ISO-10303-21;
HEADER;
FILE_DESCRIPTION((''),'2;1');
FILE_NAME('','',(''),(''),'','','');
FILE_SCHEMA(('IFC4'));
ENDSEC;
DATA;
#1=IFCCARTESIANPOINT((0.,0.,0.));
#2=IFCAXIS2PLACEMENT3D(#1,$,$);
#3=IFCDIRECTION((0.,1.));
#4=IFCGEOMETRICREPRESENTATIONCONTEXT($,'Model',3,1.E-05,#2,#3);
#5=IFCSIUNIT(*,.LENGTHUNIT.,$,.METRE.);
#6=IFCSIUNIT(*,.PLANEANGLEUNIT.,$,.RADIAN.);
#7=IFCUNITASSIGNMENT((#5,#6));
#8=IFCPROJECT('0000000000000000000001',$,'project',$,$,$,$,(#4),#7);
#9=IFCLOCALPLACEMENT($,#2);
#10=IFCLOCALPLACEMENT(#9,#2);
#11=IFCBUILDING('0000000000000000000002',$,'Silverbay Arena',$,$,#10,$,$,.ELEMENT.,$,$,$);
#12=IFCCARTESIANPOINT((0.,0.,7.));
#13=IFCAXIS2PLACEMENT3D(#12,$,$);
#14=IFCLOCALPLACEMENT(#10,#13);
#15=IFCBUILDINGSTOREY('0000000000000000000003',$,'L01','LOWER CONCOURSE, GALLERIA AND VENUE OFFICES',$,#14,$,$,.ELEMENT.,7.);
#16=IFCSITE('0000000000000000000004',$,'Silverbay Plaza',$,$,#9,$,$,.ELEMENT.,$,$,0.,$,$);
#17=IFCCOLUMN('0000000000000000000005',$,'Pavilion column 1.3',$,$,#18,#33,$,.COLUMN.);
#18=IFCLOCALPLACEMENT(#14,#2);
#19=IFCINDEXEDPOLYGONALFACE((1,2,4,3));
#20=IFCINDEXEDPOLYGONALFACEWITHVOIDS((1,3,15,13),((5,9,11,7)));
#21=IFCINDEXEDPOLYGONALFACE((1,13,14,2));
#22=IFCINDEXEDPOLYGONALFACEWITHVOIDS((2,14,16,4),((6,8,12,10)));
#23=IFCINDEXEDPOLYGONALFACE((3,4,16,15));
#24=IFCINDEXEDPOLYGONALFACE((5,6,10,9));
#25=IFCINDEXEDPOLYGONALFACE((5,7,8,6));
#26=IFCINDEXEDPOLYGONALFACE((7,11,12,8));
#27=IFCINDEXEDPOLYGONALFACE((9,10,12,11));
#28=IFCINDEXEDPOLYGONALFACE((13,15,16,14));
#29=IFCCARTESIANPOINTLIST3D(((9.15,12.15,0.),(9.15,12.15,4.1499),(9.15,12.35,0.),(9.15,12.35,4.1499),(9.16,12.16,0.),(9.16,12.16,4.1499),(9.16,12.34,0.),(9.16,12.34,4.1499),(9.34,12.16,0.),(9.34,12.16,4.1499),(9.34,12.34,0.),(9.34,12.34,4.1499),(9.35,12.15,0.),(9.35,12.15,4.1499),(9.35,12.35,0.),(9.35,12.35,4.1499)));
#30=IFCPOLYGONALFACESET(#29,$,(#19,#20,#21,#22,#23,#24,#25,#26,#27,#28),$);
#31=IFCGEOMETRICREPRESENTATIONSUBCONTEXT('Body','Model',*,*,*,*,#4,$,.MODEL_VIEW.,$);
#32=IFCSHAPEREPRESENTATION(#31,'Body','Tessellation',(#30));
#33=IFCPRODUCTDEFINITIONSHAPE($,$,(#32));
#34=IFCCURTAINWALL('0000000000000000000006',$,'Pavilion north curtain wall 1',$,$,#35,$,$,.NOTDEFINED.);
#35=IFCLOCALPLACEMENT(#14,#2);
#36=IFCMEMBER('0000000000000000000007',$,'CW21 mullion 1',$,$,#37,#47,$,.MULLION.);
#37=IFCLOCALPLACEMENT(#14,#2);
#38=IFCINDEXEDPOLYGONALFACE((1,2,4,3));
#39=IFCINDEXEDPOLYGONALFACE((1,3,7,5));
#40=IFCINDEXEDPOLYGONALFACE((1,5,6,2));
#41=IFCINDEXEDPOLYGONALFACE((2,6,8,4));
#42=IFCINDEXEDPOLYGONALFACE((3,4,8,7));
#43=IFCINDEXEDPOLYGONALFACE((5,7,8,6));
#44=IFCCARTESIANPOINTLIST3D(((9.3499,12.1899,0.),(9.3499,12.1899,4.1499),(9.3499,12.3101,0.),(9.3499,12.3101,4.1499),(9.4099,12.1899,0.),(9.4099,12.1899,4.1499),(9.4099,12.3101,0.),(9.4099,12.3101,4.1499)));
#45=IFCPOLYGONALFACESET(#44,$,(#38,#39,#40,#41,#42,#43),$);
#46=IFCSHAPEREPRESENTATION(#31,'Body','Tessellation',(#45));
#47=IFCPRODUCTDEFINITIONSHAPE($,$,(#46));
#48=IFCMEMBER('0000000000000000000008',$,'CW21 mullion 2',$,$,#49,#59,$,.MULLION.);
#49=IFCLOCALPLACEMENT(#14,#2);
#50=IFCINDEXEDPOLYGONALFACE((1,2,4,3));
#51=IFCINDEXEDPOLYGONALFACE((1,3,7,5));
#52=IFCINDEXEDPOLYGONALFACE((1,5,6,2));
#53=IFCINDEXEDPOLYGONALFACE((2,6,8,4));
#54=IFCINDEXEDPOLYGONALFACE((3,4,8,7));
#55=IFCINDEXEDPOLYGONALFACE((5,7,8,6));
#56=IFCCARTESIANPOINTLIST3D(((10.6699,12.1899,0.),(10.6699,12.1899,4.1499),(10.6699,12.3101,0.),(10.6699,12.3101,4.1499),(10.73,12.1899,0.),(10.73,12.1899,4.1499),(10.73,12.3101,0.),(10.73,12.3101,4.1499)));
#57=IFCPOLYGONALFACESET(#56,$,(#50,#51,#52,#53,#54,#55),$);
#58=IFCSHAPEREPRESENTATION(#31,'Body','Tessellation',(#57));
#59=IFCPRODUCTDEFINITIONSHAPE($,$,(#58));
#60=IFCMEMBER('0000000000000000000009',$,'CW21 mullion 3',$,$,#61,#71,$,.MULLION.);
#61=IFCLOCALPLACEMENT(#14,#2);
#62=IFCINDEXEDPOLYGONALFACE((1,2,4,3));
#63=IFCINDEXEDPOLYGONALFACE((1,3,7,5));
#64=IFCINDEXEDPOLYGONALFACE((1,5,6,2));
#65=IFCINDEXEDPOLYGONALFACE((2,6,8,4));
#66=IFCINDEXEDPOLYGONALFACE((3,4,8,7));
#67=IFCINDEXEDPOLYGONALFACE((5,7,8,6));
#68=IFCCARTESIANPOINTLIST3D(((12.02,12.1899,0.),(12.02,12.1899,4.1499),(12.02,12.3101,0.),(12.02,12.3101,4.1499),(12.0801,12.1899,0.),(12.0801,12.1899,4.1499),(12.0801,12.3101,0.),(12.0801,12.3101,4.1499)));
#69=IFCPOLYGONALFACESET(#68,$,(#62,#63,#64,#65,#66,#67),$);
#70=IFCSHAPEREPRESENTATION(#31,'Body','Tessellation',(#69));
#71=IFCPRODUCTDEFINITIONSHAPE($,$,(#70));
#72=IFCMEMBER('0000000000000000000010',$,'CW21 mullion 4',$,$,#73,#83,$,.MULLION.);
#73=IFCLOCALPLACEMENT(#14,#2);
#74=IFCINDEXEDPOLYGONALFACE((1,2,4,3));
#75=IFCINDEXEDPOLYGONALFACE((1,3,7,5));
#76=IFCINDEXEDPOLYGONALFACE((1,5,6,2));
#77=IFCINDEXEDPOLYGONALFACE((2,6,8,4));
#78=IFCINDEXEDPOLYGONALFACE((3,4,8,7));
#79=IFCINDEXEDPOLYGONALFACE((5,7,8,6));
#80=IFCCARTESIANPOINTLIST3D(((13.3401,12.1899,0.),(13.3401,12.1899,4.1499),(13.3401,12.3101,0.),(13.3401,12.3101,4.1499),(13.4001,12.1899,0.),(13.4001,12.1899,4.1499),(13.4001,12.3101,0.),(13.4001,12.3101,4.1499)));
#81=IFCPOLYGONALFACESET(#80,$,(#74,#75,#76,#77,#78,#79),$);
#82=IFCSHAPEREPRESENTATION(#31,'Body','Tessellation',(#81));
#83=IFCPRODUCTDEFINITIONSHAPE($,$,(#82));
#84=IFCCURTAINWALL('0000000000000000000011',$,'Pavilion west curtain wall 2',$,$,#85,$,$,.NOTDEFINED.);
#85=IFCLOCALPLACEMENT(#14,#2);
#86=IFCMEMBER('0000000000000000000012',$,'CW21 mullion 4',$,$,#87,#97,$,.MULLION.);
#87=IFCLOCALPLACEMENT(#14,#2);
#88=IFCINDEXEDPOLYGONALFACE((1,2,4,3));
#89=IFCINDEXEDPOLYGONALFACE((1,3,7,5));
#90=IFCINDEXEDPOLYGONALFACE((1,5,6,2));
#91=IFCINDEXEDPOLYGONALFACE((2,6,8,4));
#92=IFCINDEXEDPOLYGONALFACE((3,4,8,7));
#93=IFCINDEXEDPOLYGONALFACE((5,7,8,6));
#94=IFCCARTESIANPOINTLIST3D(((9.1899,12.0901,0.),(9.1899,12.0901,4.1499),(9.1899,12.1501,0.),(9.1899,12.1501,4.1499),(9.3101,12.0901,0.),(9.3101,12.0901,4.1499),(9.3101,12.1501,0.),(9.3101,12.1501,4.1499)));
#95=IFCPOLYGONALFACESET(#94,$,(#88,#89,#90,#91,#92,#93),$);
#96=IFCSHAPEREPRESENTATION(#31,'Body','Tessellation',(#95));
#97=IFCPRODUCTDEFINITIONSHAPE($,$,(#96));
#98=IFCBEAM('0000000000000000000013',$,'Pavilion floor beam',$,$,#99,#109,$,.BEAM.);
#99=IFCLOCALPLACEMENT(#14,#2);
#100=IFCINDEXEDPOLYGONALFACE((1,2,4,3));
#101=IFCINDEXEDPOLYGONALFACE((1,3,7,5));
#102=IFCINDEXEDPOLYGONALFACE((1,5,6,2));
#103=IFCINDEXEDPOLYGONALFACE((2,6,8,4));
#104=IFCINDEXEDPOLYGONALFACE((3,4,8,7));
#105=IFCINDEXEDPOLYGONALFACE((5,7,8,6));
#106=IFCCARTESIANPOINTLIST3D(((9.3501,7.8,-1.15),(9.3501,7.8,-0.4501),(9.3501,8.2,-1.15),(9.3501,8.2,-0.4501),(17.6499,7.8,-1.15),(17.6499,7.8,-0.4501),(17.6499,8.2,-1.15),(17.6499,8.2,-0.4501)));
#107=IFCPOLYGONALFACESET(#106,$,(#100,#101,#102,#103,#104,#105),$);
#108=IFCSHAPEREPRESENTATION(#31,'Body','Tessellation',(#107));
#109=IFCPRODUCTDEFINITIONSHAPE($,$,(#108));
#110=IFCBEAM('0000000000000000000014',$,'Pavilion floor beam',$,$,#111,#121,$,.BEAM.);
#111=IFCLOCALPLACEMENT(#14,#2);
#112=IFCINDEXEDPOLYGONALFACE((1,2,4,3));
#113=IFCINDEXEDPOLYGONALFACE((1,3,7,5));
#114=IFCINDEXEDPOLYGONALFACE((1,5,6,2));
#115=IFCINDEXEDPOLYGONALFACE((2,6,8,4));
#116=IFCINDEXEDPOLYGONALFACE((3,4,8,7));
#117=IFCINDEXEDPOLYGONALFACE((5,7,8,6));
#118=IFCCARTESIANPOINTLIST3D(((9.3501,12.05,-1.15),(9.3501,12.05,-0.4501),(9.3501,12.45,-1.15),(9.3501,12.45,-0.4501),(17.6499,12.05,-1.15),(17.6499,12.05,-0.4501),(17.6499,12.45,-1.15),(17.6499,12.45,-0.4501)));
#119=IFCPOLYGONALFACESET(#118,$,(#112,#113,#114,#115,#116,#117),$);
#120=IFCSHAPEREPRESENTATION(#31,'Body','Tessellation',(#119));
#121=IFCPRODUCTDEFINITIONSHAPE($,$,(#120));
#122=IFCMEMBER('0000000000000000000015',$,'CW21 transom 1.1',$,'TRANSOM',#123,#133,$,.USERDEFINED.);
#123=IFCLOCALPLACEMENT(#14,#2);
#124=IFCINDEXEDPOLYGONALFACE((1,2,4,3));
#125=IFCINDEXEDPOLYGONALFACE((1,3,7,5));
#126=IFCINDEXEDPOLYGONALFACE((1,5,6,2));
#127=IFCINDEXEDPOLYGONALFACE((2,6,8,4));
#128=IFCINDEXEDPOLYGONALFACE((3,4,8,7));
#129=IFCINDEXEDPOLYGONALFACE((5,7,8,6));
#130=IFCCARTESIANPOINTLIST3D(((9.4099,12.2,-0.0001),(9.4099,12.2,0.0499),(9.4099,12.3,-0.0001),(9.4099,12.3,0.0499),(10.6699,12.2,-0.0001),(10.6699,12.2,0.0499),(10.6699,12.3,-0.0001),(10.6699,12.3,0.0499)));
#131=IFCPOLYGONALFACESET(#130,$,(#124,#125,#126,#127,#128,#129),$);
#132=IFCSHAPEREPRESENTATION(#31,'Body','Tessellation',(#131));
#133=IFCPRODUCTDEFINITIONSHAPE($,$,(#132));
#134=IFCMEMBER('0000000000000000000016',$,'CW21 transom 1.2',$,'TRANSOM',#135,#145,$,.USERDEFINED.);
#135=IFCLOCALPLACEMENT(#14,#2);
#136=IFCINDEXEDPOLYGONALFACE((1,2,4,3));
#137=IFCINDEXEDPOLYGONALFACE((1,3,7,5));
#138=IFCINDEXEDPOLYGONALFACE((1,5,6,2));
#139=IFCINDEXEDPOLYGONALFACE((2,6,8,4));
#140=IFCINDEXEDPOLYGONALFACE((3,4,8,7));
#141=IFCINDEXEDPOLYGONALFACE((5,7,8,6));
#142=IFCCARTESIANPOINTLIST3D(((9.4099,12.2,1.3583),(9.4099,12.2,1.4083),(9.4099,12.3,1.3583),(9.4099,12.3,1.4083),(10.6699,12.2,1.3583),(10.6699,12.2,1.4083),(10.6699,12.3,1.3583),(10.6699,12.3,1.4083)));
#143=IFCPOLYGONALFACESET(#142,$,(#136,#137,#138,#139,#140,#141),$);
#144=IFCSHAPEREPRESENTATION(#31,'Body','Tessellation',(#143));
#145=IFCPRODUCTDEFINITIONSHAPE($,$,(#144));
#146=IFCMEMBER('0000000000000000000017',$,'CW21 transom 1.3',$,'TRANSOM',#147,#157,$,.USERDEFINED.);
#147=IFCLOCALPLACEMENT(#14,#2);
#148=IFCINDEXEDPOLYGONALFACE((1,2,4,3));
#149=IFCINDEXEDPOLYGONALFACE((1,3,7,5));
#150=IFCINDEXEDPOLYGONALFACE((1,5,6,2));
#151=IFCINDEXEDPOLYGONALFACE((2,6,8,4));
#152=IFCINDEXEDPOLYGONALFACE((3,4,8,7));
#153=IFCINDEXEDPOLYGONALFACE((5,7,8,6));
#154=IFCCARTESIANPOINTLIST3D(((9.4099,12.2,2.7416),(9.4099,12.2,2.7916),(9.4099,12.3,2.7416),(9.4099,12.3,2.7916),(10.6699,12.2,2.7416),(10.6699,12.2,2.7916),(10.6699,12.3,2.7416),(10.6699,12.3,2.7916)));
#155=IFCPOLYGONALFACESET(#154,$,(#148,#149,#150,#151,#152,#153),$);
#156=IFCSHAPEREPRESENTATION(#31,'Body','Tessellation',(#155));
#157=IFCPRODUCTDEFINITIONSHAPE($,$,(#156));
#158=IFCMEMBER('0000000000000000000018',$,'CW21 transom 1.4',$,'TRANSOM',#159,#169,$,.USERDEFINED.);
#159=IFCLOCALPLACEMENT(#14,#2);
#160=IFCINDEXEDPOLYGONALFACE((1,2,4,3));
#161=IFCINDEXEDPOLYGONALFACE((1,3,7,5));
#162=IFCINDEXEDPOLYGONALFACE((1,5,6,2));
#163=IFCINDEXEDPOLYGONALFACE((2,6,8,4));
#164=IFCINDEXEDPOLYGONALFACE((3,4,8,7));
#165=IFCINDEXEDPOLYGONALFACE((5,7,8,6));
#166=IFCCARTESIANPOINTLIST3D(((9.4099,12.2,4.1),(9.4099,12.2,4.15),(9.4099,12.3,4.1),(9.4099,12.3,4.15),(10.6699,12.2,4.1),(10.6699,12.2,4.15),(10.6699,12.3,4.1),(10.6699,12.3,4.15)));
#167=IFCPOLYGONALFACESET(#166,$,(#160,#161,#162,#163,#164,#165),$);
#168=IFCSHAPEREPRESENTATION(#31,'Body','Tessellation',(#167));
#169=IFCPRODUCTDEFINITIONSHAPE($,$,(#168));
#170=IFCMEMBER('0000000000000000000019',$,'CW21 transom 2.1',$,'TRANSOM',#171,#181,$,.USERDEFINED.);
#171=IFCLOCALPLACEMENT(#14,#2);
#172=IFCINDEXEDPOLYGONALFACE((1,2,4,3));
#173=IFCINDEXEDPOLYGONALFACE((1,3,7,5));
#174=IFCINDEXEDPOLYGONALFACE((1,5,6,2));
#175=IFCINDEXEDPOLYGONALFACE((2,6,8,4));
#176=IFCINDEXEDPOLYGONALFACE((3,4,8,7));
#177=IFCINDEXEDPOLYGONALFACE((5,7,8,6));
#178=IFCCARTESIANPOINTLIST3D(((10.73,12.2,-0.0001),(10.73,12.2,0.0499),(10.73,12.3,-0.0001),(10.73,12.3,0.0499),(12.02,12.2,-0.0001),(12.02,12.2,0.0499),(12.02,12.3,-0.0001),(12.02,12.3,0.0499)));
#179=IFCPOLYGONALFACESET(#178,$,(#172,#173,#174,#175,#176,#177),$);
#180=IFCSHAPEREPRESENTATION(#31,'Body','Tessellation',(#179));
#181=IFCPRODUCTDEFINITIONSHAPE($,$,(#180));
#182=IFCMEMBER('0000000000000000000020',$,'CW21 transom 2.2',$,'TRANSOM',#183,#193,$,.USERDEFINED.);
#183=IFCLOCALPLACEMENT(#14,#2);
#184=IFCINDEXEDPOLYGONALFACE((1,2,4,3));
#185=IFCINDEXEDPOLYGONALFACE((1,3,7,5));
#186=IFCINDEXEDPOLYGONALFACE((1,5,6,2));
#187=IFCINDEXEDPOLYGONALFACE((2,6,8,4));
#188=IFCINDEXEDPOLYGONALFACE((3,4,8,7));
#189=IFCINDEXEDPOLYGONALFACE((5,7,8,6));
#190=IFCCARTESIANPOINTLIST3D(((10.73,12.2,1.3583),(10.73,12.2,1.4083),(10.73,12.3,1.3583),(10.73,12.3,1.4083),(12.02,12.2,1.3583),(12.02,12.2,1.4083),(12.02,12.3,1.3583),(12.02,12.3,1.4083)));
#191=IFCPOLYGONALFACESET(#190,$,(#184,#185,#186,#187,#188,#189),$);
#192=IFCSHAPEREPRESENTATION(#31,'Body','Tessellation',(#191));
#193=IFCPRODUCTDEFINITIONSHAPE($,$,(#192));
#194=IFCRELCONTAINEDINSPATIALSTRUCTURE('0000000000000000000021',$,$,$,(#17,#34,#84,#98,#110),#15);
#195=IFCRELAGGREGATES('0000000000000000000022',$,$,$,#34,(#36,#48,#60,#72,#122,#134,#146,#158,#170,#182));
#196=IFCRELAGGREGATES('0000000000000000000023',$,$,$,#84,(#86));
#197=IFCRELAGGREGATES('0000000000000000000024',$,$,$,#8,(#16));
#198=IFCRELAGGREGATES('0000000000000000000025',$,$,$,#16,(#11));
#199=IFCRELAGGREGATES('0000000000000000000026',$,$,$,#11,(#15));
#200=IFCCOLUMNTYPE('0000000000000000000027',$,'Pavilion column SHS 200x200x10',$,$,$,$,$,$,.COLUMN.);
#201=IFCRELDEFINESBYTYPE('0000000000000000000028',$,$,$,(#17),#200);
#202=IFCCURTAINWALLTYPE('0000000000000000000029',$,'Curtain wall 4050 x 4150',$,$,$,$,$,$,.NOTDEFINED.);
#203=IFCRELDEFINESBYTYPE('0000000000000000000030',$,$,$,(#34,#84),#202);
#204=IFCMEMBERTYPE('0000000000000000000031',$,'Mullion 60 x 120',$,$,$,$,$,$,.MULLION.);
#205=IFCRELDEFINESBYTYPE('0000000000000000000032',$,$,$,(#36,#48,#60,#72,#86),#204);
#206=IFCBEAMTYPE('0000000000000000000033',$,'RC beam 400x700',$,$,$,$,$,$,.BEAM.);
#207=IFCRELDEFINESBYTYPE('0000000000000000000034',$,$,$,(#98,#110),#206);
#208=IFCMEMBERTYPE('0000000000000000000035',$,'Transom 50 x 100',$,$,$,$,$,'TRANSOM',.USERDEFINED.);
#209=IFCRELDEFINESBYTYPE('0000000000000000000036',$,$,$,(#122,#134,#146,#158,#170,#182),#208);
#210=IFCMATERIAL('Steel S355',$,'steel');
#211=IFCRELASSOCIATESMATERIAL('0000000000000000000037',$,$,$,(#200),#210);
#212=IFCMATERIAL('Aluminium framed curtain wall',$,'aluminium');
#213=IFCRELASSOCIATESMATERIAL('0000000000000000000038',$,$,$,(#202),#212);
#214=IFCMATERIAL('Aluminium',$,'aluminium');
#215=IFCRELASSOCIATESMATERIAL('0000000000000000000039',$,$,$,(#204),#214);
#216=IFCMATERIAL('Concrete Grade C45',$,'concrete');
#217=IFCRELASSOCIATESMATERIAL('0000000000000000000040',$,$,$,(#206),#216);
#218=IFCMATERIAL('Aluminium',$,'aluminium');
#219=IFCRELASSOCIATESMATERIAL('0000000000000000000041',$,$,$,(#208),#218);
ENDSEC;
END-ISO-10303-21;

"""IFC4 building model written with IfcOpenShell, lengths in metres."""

from ifc_helpers import new_model, si_unit, direction, frame, origin, origin_2d, place, context, subcontext, project, spatial, rectangle, hollow_rectangle, extrude, material, material_profile, profile_set, type_object, element, aggregate, save


model = new_model("IFC4")

# Units and contexts
model_context = context("Model", 3, precision=1e-05, world=origin(), true_north=direction((0.0, 1.0)))
body_context = subcontext(model_context, "Body", "Model", "MODEL_VIEW")
ifc_project = project(units=[si_unit("LENGTHUNIT", "METRE"), si_unit("PLANEANGLEUNIT", "RADIAN")], contexts=[model_context])

# Site, building, storey
site_placement = place(None, origin())
site = spatial("IfcSite", under=ifc_project, at=site_placement, Name="Silverbay Plaza", CompositionType="ELEMENT", RefElevation=0.0)
building_placement = place(site_placement, origin())
building = spatial("IfcBuilding", under=site, at=building_placement, Name="Silverbay Arena", CompositionType="ELEMENT")
storey_placement = place(building_placement, frame((0.0, 0.0, 7.0)))
storey = spatial("IfcBuildingStorey", under=building, at=storey_placement, Name="L01", Description="LOWER CONCOURSE, GALLERIA AND VENUE OFFICES", CompositionType="ELEMENT", Elevation=7.0)

# Column
ifc_material_1 = material(Name="Steel S355", Category="steel")
ifc_material_profile_1 = material_profile(ifc_material_1, hollow_rectangle(XDim=0.2, YDim=0.2, WallThickness=0.01, at=origin_2d()), Name="SHS 200x200x10")
ifc_profile_set_1 = profile_set([ifc_material_profile_1], Name="Steel S355")
column_type = type_object("IfcColumnType", Name="Pavilion column SHS 200x200x10", PredefinedType="COLUMN", material=ifc_profile_set_1)
column_placement = place(storey_placement, frame((9.25, 12.25, 0.0), z_axis=(0.0, 0.0, 1.0), x_axis=(1.0, 0.0, 0.0)))
element("IfcColumn", 1, at=column_placement, inside=storey, type_object=column_type, Name="Pavilion column 1.3", PredefinedType="COLUMN", context=body_context, shape_type="SweptSolid", body=[
    extrude(hollow_rectangle(XDim=0.2, YDim=0.2, WallThickness=0.01, at=origin_2d()), origin(), (0.0, 0.0, 1.0), 4.1499),
])

# Curtain wall, members
ifc_material_2 = material(Name="Aluminium framed curtain wall", Category="aluminium")
curtain_wall_type = type_object("IfcCurtainWallType", Name="Curtain wall 4050 x 4150", PredefinedType="NOTDEFINED", material=ifc_material_2)
curtain_wall_1_placement = place(storey_placement, origin())
curtain_wall_1 = element("IfcCurtainWall", 2, at=curtain_wall_1_placement, inside=storey, type_object=curtain_wall_type, Name="Pavilion north curtain wall 1", PredefinedType="NOTDEFINED")
ifc_material_3 = material(Name="Aluminium", Category="aluminium")
ifc_material_profile_2 = material_profile(ifc_material_3, rectangle(XDim=0.1201, YDim=0.0601, at=origin_2d()), Name="Mullion 60 x 120")
ifc_profile_set_2 = profile_set([ifc_material_profile_2], Name="Aluminium")
member_type_1 = type_object("IfcMemberType", Name="Mullion 60 x 120", PredefinedType="MULLION", material=ifc_profile_set_2)
member_1_placement = place(storey_placement, frame((9.3799, 12.25, 0.0), z_axis=(0.0, 0.0, 1.0), x_axis=(0.0, 1.0, 0.0)))
member_1 = element("IfcMember", 3, at=member_1_placement, type_object=member_type_1, Name="CW21 mullion 1", PredefinedType="MULLION", context=body_context, shape_type="SweptSolid", body=[
    extrude(rectangle(XDim=0.1201, YDim=0.0601, at=origin_2d()), origin(), (0.0, 0.0, 1.0), 4.1499),
])
member_2_placement = place(storey_placement, frame((10.7, 12.25, 0.0), z_axis=(0.0, 0.0, 1.0), x_axis=(0.0, 1.0, 0.0)))
member_2 = element("IfcMember", 4, at=member_2_placement, type_object=member_type_1, Name="CW21 mullion 2", PredefinedType="MULLION", context=body_context, shape_type="SweptSolid", body=[
    extrude(rectangle(XDim=0.1201, YDim=0.0601, at=origin_2d()), origin(), (0.0, 0.0, 1.0), 4.1499),
])
member_3_placement = place(storey_placement, frame((12.05, 12.25, 0.0), z_axis=(0.0, 0.0, 1.0), x_axis=(0.0, 1.0, 0.0)))
member_3 = element("IfcMember", 5, at=member_3_placement, type_object=member_type_1, Name="CW21 mullion 3", PredefinedType="MULLION", context=body_context, shape_type="SweptSolid", body=[
    extrude(rectangle(XDim=0.1201, YDim=0.0601, at=origin_2d()), origin(), (0.0, 0.0, 1.0), 4.1499),
])
member_4_placement = place(storey_placement, frame((13.3701, 12.25, 0.0), z_axis=(0.0, 0.0, 1.0), x_axis=(0.0, 1.0, 0.0)))
member_4 = element("IfcMember", 6, at=member_4_placement, type_object=member_type_1, Name="CW21 mullion 4", PredefinedType="MULLION", context=body_context, shape_type="SweptSolid", body=[
    extrude(rectangle(XDim=0.1201, YDim=0.0601, at=origin_2d()), origin(), (0.0, 0.0, 1.0), 4.1499),
])

# Curtain wall, member
curtain_wall_2_placement = place(storey_placement, origin())
curtain_wall_2 = element("IfcCurtainWall", 7, at=curtain_wall_2_placement, inside=storey, type_object=curtain_wall_type, Name="Pavilion west curtain wall 2", PredefinedType="NOTDEFINED")
member_5_placement = place(storey_placement, frame((9.25, 12.1201, 0.0), z_axis=(0.0, 0.0, 1.0), x_axis=(-1.0, 0.0, 0.0)))
member_5 = element("IfcMember", 8, at=member_5_placement, type_object=member_type_1, Name="CW21 mullion 4", PredefinedType="MULLION", context=body_context, shape_type="SweptSolid", body=[
    extrude(rectangle(XDim=0.1201, YDim=0.0601, at=origin_2d()), origin(), (0.0, 0.0, 1.0), 4.1499),
])

# Beams
ifc_material_4 = material(Name="Concrete Grade C45", Category="concrete")
ifc_material_profile_3 = material_profile(ifc_material_4, rectangle(XDim=0.3999, YDim=0.7, at=origin_2d()), Name="RC 400x700")
ifc_profile_set_3 = profile_set([ifc_material_profile_3], Name="Concrete Grade C45")
beam_type = type_object("IfcBeamType", Name="RC beam 400x700", PredefinedType="BEAM", material=ifc_profile_set_3)
for number, where, z_axis, x_axis, name in (
    (9, (9.3501, 8.0, -0.8), (1.0, 0.0, 0.0), (0.0, 1.0, 0.0), "Pavilion floor beam"),
    (10, (9.3501, 12.25, -0.8), (1.0, 0.0, 0.0), (0.0, 1.0, 0.0), "Pavilion floor beam"),
):
    element("IfcBeam", number, at=place(storey_placement, frame(where, z_axis=z_axis, x_axis=x_axis)), inside=storey, type_object=beam_type, Name=name, PredefinedType="BEAM", context=body_context, shape_type="SweptSolid", body=[
        extrude(rectangle(XDim=0.3999, YDim=0.7, at=origin_2d()), origin(), (0.0, 0.0, 1.0), 8.2998),
    ])

# Members
ifc_material_5 = material(Name="Aluminium", Category="aluminium")
ifc_material_profile_4 = material_profile(ifc_material_5, rectangle(XDim=0.1001, YDim=0.05, at=origin_2d()), Name="Transom 50 x 100")
ifc_profile_set_4 = profile_set([ifc_material_profile_4], Name="Aluminium")
member_type_2 = type_object("IfcMemberType", Name="Transom 50 x 100", ElementType="TRANSOM", PredefinedType="USERDEFINED", material=ifc_profile_set_4)
member_6_placement = place(storey_placement, frame((9.4099, 12.25, 0.0249), z_axis=(1.0, 0.0, 0.0), x_axis=(0.0, 1.0, 0.0)))
member_6 = element("IfcMember", 11, at=member_6_placement, type_object=member_type_2, Name="CW21 transom 1.1", ObjectType="TRANSOM", PredefinedType="USERDEFINED", context=body_context, shape_type="SweptSolid", body=[
    extrude(rectangle(XDim=0.1001, YDim=0.05, at=origin_2d()), origin(), (0.0, 0.0, 1.0), 1.26),
])
member_7_placement = place(storey_placement, frame((9.4099, 12.25, 1.3833), z_axis=(1.0, 0.0, 0.0), x_axis=(0.0, 1.0, 0.0)))
member_7 = element("IfcMember", 12, at=member_7_placement, type_object=member_type_2, Name="CW21 transom 1.2", ObjectType="TRANSOM", PredefinedType="USERDEFINED", context=body_context, shape_type="SweptSolid", body=[
    extrude(rectangle(XDim=0.1001, YDim=0.05, at=origin_2d()), origin(), (0.0, 0.0, 1.0), 1.26),
])
member_8_placement = place(storey_placement, frame((9.4099, 12.25, 2.7666), z_axis=(1.0, 0.0, 0.0), x_axis=(0.0, 1.0, 0.0)))
member_8 = element("IfcMember", 13, at=member_8_placement, type_object=member_type_2, Name="CW21 transom 1.3", ObjectType="TRANSOM", PredefinedType="USERDEFINED", context=body_context, shape_type="SweptSolid", body=[
    extrude(rectangle(XDim=0.1001, YDim=0.05, at=origin_2d()), origin(), (0.0, 0.0, 1.0), 1.26),
])
member_9_placement = place(storey_placement, frame((9.4099, 12.25, 4.125), z_axis=(1.0, 0.0, 0.0), x_axis=(0.0, 1.0, 0.0)))
member_9 = element("IfcMember", 14, at=member_9_placement, type_object=member_type_2, Name="CW21 transom 1.4", ObjectType="TRANSOM", PredefinedType="USERDEFINED", context=body_context, shape_type="SweptSolid", body=[
    extrude(rectangle(XDim=0.1001, YDim=0.05, at=origin_2d()), origin(), (0.0, 0.0, 1.0), 1.26),
])
member_10_placement = place(storey_placement, frame((10.73, 12.25, 0.0249), z_axis=(1.0, 0.0, 0.0), x_axis=(0.0, 1.0, 0.0)))
member_10 = element("IfcMember", 15, at=member_10_placement, type_object=member_type_2, Name="CW21 transom 2.1", ObjectType="TRANSOM", PredefinedType="USERDEFINED", context=body_context, shape_type="SweptSolid", body=[
    extrude(rectangle(XDim=0.1001, YDim=0.05, at=origin_2d()), origin(), (0.0, 0.0, 1.0), 1.29),
])
member_11_placement = place(storey_placement, frame((10.73, 12.25, 1.3833), z_axis=(1.0, 0.0, 0.0), x_axis=(0.0, 1.0, 0.0)))
member_11 = element("IfcMember", 16, at=member_11_placement, type_object=member_type_2, Name="CW21 transom 2.2", ObjectType="TRANSOM", PredefinedType="USERDEFINED", context=body_context, shape_type="SweptSolid", body=[
    extrude(rectangle(XDim=0.1001, YDim=0.05, at=origin_2d()), origin(), (0.0, 0.0, 1.0), 1.29),
])

aggregate(curtain_wall_1, [member_1, member_2, member_3, member_4, member_6, member_7, member_8, member_9, member_10, member_11])
aggregate(curtain_wall_2, [member_5])

save(model, "model.ifc")
